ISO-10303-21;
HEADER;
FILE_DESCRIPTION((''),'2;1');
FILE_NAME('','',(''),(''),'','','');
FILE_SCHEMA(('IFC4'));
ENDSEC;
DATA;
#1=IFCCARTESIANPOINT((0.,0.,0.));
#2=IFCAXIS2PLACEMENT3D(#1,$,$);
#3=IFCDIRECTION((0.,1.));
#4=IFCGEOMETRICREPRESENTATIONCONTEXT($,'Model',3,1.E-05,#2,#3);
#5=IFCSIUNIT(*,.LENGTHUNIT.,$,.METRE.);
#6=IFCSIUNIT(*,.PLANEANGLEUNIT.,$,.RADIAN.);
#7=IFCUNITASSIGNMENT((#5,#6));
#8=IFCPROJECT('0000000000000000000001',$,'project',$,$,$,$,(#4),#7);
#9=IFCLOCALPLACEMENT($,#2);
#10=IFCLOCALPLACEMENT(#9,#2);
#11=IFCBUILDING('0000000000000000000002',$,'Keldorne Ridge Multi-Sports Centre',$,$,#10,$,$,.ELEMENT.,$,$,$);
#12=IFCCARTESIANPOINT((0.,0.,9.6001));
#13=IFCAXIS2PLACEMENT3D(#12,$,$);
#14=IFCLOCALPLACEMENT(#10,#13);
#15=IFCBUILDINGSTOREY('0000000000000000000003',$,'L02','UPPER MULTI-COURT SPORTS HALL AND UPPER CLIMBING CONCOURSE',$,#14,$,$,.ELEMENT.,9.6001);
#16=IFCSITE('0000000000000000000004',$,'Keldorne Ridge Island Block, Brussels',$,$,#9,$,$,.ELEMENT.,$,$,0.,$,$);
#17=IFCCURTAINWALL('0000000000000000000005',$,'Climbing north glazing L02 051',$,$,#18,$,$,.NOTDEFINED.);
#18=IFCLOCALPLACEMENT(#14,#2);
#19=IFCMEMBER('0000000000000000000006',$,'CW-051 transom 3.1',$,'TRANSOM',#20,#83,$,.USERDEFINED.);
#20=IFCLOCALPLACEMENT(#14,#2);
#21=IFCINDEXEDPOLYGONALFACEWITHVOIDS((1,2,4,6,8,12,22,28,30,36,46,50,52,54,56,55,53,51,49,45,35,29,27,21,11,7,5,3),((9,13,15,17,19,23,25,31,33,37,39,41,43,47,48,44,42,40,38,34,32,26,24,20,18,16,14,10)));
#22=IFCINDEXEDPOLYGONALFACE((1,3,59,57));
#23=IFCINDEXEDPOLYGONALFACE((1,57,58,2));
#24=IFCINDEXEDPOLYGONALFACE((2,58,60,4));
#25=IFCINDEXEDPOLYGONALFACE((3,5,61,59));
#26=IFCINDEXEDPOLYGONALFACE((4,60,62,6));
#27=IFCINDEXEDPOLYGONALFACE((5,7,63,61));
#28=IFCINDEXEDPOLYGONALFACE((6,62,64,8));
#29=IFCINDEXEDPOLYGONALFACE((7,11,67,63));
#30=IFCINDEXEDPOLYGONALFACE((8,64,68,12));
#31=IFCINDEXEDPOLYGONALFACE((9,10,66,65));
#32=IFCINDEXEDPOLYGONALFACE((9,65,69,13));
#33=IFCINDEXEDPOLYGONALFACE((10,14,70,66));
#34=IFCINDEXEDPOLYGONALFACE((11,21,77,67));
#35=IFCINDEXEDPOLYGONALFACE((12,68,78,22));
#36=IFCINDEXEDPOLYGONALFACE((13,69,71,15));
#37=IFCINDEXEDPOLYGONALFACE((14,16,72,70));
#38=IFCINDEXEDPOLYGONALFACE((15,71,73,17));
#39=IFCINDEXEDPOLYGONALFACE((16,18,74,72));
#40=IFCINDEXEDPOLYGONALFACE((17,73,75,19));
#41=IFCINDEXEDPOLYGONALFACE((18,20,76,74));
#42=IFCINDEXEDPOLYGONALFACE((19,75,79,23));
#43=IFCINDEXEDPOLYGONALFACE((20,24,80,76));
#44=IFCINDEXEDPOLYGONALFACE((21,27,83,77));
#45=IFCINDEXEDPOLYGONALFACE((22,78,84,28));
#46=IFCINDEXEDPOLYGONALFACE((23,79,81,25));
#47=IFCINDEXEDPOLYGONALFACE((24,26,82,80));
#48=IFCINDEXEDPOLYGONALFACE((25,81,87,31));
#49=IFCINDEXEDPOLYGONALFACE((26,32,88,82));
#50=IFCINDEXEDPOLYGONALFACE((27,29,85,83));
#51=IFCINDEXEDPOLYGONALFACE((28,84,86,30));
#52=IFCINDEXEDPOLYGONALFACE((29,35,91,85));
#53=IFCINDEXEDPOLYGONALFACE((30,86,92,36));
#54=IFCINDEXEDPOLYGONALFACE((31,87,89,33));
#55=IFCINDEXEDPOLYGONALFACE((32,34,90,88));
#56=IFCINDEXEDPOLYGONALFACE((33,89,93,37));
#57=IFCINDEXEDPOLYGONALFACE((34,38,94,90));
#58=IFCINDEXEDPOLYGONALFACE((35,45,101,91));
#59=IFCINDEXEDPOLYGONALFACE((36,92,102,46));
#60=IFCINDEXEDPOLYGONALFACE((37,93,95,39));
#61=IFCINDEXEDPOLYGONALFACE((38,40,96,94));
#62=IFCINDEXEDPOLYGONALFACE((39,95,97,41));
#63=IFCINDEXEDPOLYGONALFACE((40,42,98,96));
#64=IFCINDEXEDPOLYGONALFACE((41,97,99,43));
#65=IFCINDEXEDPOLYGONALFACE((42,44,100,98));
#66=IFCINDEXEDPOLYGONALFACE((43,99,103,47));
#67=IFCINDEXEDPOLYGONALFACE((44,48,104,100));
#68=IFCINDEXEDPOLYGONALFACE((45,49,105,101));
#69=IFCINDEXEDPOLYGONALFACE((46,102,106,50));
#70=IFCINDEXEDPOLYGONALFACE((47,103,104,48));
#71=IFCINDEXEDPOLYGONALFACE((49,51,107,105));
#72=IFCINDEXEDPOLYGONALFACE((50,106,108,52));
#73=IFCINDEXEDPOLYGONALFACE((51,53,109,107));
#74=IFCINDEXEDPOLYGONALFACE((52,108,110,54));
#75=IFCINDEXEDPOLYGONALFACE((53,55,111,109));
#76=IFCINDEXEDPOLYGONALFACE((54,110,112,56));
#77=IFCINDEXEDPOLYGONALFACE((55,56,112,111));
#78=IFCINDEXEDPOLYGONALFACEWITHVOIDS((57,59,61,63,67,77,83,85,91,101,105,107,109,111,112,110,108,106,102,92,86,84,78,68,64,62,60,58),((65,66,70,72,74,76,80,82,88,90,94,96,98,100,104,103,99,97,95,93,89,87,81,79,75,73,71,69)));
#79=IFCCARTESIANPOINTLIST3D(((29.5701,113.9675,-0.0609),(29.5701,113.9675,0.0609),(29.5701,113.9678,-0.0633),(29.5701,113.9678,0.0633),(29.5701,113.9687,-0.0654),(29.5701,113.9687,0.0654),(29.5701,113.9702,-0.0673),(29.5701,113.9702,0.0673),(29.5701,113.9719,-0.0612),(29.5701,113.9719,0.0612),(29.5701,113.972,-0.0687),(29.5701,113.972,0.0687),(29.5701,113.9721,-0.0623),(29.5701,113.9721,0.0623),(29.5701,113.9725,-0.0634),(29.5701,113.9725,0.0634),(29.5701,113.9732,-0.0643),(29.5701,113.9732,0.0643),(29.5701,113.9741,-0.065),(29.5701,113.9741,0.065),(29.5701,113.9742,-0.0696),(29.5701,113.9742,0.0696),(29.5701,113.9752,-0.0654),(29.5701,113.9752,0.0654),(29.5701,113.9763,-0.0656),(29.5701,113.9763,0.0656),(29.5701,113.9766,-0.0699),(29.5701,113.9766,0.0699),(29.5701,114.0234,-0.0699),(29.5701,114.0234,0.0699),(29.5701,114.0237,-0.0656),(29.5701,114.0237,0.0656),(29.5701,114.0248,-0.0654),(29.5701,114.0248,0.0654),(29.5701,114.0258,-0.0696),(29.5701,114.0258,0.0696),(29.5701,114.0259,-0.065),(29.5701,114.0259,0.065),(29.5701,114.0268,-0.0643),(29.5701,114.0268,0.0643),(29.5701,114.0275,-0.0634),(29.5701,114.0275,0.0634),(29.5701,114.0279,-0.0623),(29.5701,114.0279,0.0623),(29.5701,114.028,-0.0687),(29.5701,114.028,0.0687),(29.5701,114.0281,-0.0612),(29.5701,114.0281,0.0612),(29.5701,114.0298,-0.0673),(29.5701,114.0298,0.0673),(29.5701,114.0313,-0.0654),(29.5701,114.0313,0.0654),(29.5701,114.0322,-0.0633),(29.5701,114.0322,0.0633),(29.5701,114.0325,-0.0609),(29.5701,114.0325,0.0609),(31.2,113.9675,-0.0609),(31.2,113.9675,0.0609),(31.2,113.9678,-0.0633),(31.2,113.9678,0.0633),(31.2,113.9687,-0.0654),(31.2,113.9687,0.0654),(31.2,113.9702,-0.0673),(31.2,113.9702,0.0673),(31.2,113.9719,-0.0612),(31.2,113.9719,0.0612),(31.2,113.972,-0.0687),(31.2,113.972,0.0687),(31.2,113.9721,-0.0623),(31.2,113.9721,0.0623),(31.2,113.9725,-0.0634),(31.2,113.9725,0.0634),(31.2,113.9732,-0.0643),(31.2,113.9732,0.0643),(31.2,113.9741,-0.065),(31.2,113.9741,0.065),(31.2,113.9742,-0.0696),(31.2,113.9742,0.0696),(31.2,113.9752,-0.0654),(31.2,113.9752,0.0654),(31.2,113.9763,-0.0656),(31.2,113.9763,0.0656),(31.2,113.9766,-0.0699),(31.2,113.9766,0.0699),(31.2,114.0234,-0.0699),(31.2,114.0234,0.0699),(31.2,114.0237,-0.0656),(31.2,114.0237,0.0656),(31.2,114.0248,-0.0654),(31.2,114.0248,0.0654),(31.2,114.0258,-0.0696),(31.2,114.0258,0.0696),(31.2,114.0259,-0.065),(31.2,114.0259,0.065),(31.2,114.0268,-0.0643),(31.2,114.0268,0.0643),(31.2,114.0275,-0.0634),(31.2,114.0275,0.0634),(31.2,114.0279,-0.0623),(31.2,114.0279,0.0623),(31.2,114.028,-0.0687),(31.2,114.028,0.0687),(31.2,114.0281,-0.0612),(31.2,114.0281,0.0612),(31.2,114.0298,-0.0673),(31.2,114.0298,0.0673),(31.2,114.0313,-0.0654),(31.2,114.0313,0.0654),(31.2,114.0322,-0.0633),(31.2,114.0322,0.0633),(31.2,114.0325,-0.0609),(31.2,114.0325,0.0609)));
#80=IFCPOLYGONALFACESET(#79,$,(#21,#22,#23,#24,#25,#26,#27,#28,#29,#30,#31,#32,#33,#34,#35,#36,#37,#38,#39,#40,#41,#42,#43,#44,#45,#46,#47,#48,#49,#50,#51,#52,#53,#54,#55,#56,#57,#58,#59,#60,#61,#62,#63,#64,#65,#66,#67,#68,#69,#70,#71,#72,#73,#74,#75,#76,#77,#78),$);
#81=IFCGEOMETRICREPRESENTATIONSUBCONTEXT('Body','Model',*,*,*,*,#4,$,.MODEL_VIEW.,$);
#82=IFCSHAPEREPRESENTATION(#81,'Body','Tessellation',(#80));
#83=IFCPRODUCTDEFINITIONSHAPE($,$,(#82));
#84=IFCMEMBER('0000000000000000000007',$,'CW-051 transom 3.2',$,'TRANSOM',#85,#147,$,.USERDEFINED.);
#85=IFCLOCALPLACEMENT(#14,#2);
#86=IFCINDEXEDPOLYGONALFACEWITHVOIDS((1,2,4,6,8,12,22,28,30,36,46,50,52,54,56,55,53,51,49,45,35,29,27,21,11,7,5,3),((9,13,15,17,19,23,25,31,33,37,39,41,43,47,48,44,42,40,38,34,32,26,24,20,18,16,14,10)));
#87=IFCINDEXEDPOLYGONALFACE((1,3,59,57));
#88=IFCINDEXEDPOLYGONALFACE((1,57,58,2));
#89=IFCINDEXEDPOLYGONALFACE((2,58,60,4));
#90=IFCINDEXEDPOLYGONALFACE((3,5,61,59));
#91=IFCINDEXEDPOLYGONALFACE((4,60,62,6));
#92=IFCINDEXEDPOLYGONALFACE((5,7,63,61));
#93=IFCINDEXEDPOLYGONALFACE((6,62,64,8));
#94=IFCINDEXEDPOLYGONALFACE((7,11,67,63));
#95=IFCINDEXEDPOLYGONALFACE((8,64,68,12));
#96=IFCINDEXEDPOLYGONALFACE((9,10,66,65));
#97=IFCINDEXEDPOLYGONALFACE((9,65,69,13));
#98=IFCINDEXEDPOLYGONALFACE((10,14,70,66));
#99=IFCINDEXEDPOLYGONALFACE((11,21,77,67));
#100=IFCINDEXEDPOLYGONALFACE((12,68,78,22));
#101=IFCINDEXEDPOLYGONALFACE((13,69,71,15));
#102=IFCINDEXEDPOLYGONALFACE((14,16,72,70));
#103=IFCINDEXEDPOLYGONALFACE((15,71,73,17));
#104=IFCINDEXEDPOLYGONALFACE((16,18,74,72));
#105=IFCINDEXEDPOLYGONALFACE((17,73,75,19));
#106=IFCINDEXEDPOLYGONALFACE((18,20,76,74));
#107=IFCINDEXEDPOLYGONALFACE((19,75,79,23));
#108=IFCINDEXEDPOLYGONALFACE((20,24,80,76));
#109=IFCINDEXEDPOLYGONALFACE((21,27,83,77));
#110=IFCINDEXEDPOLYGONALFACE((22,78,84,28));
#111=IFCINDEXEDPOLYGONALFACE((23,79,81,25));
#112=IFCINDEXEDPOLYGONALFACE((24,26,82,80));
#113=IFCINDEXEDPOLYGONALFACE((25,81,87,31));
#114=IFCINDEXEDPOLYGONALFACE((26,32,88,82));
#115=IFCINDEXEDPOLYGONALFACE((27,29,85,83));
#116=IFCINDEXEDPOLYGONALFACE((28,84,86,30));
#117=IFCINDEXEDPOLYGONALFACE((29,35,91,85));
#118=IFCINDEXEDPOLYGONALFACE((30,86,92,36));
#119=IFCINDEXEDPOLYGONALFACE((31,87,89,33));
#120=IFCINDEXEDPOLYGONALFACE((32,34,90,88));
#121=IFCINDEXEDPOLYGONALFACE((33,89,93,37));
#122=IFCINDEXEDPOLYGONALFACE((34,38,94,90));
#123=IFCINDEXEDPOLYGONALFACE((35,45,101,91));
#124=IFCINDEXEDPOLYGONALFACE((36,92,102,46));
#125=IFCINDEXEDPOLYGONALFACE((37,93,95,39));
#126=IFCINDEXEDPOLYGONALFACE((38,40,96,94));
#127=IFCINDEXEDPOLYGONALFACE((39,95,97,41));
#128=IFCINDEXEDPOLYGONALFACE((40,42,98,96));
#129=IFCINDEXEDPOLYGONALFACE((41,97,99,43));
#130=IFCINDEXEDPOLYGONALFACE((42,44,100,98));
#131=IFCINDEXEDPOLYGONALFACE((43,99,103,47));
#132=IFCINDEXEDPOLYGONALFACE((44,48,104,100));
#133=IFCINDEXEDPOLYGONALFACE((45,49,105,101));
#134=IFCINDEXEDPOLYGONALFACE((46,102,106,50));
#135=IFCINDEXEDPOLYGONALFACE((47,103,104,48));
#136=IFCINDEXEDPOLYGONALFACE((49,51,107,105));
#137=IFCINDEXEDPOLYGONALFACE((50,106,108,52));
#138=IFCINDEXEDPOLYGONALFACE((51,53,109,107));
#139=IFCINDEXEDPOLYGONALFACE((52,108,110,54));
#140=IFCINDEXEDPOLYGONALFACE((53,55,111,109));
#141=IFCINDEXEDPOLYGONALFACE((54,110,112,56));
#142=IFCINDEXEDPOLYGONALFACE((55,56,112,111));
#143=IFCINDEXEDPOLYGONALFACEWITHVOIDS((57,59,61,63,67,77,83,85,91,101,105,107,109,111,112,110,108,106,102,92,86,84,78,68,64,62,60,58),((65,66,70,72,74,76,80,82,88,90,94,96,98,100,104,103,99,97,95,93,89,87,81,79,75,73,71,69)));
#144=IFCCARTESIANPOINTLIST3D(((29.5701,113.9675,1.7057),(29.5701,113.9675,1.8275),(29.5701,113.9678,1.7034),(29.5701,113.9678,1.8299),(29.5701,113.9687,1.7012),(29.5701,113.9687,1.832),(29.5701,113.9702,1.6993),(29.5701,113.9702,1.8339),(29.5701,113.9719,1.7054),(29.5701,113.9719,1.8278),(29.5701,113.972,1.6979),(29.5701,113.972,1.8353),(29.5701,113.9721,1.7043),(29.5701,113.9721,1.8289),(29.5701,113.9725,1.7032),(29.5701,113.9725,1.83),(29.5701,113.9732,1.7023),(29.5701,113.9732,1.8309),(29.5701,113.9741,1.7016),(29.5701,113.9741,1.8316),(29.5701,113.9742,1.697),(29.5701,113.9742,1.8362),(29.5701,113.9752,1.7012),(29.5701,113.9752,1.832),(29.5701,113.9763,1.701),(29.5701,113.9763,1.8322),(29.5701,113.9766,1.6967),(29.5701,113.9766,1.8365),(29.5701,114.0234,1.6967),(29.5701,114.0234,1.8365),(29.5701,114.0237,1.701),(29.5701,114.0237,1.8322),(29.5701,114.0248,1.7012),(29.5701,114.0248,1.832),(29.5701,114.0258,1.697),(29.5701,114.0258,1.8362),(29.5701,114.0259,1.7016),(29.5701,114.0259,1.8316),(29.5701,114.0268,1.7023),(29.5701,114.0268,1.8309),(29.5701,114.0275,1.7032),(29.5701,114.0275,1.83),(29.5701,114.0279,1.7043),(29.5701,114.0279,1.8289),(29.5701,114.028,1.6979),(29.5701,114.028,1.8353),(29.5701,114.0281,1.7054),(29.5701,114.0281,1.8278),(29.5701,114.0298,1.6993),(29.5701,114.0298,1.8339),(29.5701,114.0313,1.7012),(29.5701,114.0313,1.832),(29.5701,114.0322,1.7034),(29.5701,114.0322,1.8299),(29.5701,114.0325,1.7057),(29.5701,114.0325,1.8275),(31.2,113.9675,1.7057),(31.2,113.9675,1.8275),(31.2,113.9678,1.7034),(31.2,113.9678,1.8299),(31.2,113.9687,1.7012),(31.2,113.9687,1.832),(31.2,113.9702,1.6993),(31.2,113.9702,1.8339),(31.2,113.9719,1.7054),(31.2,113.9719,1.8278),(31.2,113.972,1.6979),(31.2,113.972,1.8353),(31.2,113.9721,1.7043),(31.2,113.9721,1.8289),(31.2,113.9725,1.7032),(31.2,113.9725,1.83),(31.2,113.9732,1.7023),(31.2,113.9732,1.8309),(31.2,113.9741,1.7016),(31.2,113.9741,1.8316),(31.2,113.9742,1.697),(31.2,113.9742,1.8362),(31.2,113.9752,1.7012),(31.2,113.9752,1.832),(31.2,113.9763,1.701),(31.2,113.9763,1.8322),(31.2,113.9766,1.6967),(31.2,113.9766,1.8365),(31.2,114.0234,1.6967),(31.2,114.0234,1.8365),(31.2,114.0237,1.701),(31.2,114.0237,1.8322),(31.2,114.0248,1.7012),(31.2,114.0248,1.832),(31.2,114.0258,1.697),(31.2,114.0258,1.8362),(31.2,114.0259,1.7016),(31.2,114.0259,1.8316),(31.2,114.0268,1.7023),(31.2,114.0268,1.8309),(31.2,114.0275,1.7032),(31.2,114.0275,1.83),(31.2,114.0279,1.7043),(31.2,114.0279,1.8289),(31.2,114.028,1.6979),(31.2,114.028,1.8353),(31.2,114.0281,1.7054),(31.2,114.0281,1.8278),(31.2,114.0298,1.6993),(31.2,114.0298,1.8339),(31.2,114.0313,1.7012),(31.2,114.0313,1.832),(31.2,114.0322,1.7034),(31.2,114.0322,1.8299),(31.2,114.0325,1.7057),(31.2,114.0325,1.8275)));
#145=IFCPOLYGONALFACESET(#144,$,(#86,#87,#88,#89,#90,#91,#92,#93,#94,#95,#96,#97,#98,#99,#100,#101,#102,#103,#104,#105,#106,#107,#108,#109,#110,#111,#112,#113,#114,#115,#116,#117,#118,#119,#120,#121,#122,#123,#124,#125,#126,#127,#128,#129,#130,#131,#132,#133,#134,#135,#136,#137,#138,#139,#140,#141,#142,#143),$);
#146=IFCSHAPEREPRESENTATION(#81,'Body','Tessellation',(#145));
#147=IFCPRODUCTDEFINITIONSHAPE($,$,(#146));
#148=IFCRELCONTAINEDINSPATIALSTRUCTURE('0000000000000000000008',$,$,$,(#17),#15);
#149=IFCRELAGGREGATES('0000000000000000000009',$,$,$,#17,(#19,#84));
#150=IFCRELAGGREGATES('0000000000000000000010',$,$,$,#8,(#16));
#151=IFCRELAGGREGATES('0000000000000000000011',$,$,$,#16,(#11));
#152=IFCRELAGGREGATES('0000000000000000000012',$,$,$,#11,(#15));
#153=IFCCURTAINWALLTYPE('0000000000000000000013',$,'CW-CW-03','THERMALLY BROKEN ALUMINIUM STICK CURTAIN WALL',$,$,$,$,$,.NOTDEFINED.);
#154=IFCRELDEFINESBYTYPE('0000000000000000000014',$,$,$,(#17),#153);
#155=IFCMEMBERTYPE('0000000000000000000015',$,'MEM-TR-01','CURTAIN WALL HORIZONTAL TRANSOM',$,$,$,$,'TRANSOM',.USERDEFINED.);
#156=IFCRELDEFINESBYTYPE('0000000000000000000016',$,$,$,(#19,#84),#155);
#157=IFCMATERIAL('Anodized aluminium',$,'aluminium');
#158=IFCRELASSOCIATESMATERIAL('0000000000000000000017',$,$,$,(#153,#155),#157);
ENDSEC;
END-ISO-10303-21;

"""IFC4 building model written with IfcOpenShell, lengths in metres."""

from ifc_helpers import new_model, si_unit, direction, frame, origin, origin_2d, place, context, subcontext, project, spatial, hollow_rectangle, extrude, material, material_profile, profile_set, type_object, element, aggregate, save


model = new_model("IFC4")

# Units and contexts
model_context = context("Model", 3, precision=1e-05, world=origin(), true_north=direction((0.0, 1.0)))
body_context = subcontext(model_context, "Body", "Model", "MODEL_VIEW")
ifc_project = project(units=[si_unit("LENGTHUNIT", "METRE"), si_unit("PLANEANGLEUNIT", "RADIAN")], contexts=[model_context])

# Site, building, storey
site_placement = place(None, origin())
site = spatial("IfcSite", under=ifc_project, at=site_placement, Name="Keldorne Ridge Island Block, Brussels", CompositionType="ELEMENT", RefElevation=0.0)
building_placement = place(site_placement, origin())
building = spatial("IfcBuilding", under=site, at=building_placement, Name="Keldorne Ridge Multi-Sports Centre", CompositionType="ELEMENT")
storey_placement = place(building_placement, frame((0.0, 0.0, 9.6001)))
storey = spatial("IfcBuildingStorey", under=building, at=storey_placement, Name="L02", Description="UPPER MULTI-COURT SPORTS HALL AND UPPER CLIMBING CONCOURSE", CompositionType="ELEMENT", Elevation=9.6001)

# Curtain wall
ifc_material_1 = material(Name="Anodized aluminium", Category="aluminium")
curtain_wall_type = type_object("IfcCurtainWallType", Name="CW-CW-03", Description="THERMALLY BROKEN ALUMINIUM STICK CURTAIN WALL", PredefinedType="NOTDEFINED", material=ifc_material_1)
curtain_wall_placement = place(storey_placement, origin())
curtain_wall = element("IfcCurtainWall", 1, at=curtain_wall_placement, inside=storey, type_object=curtain_wall_type, Name="Climbing north glazing L02 051", PredefinedType="NOTDEFINED")

# Members
ifc_material_profile_1 = material_profile(ifc_material_1, hollow_rectangle(XDim=0.0649, YDim=0.1399, WallThickness=0.0044, InnerFilletRadius=0.0044, OuterFilletRadius=0.009, at=origin_2d()), Name="ALU TRANSOM 140x65x4.5")
ifc_profile_set_1 = profile_set([ifc_material_profile_1], Name="Anodized aluminium")
member_type_1 = type_object("IfcMemberType", Name="MEM-TR-01", Description="CURTAIN WALL HORIZONTAL TRANSOM", ElementType="TRANSOM", PredefinedType="USERDEFINED", material=ifc_profile_set_1)
member_1_placement = place(storey_placement, frame((31.2, 114.0, 0.0), z_axis=(-1.0, 0.0, 0.0), x_axis=(0.0, -1.0, 0.0)))
member_1 = element("IfcMember", 2, at=member_1_placement, type_object=member_type_1, Name="CW-051 transom 3.1", ObjectType="TRANSOM", PredefinedType="USERDEFINED", context=body_context, shape_type="SweptSolid", body=[
    extrude(hollow_rectangle(XDim=0.0649, YDim=0.1399, WallThickness=0.0044, InnerFilletRadius=0.0044, OuterFilletRadius=0.009, at=origin_2d()), origin(), (0.0, 0.0, 1.0), 1.6299),
])
member_2_placement = place(storey_placement, frame((31.2, 114.0, 1.7666), z_axis=(-1.0, 0.0, 0.0), x_axis=(0.0, -1.0, 0.0)))
member_2 = element("IfcMember", 3, at=member_2_placement, type_object=member_type_1, Name="CW-051 transom 3.2", ObjectType="TRANSOM", PredefinedType="USERDEFINED", context=body_context, shape_type="SweptSolid", body=[
    extrude(hollow_rectangle(XDim=0.0649, YDim=0.1399, WallThickness=0.0044, InnerFilletRadius=0.0044, OuterFilletRadius=0.009, at=origin_2d()), origin(), (0.0, 0.0, 1.0), 1.6299),
])

aggregate(curtain_wall, [member_1, member_2])

save(model, "model.ifc")
